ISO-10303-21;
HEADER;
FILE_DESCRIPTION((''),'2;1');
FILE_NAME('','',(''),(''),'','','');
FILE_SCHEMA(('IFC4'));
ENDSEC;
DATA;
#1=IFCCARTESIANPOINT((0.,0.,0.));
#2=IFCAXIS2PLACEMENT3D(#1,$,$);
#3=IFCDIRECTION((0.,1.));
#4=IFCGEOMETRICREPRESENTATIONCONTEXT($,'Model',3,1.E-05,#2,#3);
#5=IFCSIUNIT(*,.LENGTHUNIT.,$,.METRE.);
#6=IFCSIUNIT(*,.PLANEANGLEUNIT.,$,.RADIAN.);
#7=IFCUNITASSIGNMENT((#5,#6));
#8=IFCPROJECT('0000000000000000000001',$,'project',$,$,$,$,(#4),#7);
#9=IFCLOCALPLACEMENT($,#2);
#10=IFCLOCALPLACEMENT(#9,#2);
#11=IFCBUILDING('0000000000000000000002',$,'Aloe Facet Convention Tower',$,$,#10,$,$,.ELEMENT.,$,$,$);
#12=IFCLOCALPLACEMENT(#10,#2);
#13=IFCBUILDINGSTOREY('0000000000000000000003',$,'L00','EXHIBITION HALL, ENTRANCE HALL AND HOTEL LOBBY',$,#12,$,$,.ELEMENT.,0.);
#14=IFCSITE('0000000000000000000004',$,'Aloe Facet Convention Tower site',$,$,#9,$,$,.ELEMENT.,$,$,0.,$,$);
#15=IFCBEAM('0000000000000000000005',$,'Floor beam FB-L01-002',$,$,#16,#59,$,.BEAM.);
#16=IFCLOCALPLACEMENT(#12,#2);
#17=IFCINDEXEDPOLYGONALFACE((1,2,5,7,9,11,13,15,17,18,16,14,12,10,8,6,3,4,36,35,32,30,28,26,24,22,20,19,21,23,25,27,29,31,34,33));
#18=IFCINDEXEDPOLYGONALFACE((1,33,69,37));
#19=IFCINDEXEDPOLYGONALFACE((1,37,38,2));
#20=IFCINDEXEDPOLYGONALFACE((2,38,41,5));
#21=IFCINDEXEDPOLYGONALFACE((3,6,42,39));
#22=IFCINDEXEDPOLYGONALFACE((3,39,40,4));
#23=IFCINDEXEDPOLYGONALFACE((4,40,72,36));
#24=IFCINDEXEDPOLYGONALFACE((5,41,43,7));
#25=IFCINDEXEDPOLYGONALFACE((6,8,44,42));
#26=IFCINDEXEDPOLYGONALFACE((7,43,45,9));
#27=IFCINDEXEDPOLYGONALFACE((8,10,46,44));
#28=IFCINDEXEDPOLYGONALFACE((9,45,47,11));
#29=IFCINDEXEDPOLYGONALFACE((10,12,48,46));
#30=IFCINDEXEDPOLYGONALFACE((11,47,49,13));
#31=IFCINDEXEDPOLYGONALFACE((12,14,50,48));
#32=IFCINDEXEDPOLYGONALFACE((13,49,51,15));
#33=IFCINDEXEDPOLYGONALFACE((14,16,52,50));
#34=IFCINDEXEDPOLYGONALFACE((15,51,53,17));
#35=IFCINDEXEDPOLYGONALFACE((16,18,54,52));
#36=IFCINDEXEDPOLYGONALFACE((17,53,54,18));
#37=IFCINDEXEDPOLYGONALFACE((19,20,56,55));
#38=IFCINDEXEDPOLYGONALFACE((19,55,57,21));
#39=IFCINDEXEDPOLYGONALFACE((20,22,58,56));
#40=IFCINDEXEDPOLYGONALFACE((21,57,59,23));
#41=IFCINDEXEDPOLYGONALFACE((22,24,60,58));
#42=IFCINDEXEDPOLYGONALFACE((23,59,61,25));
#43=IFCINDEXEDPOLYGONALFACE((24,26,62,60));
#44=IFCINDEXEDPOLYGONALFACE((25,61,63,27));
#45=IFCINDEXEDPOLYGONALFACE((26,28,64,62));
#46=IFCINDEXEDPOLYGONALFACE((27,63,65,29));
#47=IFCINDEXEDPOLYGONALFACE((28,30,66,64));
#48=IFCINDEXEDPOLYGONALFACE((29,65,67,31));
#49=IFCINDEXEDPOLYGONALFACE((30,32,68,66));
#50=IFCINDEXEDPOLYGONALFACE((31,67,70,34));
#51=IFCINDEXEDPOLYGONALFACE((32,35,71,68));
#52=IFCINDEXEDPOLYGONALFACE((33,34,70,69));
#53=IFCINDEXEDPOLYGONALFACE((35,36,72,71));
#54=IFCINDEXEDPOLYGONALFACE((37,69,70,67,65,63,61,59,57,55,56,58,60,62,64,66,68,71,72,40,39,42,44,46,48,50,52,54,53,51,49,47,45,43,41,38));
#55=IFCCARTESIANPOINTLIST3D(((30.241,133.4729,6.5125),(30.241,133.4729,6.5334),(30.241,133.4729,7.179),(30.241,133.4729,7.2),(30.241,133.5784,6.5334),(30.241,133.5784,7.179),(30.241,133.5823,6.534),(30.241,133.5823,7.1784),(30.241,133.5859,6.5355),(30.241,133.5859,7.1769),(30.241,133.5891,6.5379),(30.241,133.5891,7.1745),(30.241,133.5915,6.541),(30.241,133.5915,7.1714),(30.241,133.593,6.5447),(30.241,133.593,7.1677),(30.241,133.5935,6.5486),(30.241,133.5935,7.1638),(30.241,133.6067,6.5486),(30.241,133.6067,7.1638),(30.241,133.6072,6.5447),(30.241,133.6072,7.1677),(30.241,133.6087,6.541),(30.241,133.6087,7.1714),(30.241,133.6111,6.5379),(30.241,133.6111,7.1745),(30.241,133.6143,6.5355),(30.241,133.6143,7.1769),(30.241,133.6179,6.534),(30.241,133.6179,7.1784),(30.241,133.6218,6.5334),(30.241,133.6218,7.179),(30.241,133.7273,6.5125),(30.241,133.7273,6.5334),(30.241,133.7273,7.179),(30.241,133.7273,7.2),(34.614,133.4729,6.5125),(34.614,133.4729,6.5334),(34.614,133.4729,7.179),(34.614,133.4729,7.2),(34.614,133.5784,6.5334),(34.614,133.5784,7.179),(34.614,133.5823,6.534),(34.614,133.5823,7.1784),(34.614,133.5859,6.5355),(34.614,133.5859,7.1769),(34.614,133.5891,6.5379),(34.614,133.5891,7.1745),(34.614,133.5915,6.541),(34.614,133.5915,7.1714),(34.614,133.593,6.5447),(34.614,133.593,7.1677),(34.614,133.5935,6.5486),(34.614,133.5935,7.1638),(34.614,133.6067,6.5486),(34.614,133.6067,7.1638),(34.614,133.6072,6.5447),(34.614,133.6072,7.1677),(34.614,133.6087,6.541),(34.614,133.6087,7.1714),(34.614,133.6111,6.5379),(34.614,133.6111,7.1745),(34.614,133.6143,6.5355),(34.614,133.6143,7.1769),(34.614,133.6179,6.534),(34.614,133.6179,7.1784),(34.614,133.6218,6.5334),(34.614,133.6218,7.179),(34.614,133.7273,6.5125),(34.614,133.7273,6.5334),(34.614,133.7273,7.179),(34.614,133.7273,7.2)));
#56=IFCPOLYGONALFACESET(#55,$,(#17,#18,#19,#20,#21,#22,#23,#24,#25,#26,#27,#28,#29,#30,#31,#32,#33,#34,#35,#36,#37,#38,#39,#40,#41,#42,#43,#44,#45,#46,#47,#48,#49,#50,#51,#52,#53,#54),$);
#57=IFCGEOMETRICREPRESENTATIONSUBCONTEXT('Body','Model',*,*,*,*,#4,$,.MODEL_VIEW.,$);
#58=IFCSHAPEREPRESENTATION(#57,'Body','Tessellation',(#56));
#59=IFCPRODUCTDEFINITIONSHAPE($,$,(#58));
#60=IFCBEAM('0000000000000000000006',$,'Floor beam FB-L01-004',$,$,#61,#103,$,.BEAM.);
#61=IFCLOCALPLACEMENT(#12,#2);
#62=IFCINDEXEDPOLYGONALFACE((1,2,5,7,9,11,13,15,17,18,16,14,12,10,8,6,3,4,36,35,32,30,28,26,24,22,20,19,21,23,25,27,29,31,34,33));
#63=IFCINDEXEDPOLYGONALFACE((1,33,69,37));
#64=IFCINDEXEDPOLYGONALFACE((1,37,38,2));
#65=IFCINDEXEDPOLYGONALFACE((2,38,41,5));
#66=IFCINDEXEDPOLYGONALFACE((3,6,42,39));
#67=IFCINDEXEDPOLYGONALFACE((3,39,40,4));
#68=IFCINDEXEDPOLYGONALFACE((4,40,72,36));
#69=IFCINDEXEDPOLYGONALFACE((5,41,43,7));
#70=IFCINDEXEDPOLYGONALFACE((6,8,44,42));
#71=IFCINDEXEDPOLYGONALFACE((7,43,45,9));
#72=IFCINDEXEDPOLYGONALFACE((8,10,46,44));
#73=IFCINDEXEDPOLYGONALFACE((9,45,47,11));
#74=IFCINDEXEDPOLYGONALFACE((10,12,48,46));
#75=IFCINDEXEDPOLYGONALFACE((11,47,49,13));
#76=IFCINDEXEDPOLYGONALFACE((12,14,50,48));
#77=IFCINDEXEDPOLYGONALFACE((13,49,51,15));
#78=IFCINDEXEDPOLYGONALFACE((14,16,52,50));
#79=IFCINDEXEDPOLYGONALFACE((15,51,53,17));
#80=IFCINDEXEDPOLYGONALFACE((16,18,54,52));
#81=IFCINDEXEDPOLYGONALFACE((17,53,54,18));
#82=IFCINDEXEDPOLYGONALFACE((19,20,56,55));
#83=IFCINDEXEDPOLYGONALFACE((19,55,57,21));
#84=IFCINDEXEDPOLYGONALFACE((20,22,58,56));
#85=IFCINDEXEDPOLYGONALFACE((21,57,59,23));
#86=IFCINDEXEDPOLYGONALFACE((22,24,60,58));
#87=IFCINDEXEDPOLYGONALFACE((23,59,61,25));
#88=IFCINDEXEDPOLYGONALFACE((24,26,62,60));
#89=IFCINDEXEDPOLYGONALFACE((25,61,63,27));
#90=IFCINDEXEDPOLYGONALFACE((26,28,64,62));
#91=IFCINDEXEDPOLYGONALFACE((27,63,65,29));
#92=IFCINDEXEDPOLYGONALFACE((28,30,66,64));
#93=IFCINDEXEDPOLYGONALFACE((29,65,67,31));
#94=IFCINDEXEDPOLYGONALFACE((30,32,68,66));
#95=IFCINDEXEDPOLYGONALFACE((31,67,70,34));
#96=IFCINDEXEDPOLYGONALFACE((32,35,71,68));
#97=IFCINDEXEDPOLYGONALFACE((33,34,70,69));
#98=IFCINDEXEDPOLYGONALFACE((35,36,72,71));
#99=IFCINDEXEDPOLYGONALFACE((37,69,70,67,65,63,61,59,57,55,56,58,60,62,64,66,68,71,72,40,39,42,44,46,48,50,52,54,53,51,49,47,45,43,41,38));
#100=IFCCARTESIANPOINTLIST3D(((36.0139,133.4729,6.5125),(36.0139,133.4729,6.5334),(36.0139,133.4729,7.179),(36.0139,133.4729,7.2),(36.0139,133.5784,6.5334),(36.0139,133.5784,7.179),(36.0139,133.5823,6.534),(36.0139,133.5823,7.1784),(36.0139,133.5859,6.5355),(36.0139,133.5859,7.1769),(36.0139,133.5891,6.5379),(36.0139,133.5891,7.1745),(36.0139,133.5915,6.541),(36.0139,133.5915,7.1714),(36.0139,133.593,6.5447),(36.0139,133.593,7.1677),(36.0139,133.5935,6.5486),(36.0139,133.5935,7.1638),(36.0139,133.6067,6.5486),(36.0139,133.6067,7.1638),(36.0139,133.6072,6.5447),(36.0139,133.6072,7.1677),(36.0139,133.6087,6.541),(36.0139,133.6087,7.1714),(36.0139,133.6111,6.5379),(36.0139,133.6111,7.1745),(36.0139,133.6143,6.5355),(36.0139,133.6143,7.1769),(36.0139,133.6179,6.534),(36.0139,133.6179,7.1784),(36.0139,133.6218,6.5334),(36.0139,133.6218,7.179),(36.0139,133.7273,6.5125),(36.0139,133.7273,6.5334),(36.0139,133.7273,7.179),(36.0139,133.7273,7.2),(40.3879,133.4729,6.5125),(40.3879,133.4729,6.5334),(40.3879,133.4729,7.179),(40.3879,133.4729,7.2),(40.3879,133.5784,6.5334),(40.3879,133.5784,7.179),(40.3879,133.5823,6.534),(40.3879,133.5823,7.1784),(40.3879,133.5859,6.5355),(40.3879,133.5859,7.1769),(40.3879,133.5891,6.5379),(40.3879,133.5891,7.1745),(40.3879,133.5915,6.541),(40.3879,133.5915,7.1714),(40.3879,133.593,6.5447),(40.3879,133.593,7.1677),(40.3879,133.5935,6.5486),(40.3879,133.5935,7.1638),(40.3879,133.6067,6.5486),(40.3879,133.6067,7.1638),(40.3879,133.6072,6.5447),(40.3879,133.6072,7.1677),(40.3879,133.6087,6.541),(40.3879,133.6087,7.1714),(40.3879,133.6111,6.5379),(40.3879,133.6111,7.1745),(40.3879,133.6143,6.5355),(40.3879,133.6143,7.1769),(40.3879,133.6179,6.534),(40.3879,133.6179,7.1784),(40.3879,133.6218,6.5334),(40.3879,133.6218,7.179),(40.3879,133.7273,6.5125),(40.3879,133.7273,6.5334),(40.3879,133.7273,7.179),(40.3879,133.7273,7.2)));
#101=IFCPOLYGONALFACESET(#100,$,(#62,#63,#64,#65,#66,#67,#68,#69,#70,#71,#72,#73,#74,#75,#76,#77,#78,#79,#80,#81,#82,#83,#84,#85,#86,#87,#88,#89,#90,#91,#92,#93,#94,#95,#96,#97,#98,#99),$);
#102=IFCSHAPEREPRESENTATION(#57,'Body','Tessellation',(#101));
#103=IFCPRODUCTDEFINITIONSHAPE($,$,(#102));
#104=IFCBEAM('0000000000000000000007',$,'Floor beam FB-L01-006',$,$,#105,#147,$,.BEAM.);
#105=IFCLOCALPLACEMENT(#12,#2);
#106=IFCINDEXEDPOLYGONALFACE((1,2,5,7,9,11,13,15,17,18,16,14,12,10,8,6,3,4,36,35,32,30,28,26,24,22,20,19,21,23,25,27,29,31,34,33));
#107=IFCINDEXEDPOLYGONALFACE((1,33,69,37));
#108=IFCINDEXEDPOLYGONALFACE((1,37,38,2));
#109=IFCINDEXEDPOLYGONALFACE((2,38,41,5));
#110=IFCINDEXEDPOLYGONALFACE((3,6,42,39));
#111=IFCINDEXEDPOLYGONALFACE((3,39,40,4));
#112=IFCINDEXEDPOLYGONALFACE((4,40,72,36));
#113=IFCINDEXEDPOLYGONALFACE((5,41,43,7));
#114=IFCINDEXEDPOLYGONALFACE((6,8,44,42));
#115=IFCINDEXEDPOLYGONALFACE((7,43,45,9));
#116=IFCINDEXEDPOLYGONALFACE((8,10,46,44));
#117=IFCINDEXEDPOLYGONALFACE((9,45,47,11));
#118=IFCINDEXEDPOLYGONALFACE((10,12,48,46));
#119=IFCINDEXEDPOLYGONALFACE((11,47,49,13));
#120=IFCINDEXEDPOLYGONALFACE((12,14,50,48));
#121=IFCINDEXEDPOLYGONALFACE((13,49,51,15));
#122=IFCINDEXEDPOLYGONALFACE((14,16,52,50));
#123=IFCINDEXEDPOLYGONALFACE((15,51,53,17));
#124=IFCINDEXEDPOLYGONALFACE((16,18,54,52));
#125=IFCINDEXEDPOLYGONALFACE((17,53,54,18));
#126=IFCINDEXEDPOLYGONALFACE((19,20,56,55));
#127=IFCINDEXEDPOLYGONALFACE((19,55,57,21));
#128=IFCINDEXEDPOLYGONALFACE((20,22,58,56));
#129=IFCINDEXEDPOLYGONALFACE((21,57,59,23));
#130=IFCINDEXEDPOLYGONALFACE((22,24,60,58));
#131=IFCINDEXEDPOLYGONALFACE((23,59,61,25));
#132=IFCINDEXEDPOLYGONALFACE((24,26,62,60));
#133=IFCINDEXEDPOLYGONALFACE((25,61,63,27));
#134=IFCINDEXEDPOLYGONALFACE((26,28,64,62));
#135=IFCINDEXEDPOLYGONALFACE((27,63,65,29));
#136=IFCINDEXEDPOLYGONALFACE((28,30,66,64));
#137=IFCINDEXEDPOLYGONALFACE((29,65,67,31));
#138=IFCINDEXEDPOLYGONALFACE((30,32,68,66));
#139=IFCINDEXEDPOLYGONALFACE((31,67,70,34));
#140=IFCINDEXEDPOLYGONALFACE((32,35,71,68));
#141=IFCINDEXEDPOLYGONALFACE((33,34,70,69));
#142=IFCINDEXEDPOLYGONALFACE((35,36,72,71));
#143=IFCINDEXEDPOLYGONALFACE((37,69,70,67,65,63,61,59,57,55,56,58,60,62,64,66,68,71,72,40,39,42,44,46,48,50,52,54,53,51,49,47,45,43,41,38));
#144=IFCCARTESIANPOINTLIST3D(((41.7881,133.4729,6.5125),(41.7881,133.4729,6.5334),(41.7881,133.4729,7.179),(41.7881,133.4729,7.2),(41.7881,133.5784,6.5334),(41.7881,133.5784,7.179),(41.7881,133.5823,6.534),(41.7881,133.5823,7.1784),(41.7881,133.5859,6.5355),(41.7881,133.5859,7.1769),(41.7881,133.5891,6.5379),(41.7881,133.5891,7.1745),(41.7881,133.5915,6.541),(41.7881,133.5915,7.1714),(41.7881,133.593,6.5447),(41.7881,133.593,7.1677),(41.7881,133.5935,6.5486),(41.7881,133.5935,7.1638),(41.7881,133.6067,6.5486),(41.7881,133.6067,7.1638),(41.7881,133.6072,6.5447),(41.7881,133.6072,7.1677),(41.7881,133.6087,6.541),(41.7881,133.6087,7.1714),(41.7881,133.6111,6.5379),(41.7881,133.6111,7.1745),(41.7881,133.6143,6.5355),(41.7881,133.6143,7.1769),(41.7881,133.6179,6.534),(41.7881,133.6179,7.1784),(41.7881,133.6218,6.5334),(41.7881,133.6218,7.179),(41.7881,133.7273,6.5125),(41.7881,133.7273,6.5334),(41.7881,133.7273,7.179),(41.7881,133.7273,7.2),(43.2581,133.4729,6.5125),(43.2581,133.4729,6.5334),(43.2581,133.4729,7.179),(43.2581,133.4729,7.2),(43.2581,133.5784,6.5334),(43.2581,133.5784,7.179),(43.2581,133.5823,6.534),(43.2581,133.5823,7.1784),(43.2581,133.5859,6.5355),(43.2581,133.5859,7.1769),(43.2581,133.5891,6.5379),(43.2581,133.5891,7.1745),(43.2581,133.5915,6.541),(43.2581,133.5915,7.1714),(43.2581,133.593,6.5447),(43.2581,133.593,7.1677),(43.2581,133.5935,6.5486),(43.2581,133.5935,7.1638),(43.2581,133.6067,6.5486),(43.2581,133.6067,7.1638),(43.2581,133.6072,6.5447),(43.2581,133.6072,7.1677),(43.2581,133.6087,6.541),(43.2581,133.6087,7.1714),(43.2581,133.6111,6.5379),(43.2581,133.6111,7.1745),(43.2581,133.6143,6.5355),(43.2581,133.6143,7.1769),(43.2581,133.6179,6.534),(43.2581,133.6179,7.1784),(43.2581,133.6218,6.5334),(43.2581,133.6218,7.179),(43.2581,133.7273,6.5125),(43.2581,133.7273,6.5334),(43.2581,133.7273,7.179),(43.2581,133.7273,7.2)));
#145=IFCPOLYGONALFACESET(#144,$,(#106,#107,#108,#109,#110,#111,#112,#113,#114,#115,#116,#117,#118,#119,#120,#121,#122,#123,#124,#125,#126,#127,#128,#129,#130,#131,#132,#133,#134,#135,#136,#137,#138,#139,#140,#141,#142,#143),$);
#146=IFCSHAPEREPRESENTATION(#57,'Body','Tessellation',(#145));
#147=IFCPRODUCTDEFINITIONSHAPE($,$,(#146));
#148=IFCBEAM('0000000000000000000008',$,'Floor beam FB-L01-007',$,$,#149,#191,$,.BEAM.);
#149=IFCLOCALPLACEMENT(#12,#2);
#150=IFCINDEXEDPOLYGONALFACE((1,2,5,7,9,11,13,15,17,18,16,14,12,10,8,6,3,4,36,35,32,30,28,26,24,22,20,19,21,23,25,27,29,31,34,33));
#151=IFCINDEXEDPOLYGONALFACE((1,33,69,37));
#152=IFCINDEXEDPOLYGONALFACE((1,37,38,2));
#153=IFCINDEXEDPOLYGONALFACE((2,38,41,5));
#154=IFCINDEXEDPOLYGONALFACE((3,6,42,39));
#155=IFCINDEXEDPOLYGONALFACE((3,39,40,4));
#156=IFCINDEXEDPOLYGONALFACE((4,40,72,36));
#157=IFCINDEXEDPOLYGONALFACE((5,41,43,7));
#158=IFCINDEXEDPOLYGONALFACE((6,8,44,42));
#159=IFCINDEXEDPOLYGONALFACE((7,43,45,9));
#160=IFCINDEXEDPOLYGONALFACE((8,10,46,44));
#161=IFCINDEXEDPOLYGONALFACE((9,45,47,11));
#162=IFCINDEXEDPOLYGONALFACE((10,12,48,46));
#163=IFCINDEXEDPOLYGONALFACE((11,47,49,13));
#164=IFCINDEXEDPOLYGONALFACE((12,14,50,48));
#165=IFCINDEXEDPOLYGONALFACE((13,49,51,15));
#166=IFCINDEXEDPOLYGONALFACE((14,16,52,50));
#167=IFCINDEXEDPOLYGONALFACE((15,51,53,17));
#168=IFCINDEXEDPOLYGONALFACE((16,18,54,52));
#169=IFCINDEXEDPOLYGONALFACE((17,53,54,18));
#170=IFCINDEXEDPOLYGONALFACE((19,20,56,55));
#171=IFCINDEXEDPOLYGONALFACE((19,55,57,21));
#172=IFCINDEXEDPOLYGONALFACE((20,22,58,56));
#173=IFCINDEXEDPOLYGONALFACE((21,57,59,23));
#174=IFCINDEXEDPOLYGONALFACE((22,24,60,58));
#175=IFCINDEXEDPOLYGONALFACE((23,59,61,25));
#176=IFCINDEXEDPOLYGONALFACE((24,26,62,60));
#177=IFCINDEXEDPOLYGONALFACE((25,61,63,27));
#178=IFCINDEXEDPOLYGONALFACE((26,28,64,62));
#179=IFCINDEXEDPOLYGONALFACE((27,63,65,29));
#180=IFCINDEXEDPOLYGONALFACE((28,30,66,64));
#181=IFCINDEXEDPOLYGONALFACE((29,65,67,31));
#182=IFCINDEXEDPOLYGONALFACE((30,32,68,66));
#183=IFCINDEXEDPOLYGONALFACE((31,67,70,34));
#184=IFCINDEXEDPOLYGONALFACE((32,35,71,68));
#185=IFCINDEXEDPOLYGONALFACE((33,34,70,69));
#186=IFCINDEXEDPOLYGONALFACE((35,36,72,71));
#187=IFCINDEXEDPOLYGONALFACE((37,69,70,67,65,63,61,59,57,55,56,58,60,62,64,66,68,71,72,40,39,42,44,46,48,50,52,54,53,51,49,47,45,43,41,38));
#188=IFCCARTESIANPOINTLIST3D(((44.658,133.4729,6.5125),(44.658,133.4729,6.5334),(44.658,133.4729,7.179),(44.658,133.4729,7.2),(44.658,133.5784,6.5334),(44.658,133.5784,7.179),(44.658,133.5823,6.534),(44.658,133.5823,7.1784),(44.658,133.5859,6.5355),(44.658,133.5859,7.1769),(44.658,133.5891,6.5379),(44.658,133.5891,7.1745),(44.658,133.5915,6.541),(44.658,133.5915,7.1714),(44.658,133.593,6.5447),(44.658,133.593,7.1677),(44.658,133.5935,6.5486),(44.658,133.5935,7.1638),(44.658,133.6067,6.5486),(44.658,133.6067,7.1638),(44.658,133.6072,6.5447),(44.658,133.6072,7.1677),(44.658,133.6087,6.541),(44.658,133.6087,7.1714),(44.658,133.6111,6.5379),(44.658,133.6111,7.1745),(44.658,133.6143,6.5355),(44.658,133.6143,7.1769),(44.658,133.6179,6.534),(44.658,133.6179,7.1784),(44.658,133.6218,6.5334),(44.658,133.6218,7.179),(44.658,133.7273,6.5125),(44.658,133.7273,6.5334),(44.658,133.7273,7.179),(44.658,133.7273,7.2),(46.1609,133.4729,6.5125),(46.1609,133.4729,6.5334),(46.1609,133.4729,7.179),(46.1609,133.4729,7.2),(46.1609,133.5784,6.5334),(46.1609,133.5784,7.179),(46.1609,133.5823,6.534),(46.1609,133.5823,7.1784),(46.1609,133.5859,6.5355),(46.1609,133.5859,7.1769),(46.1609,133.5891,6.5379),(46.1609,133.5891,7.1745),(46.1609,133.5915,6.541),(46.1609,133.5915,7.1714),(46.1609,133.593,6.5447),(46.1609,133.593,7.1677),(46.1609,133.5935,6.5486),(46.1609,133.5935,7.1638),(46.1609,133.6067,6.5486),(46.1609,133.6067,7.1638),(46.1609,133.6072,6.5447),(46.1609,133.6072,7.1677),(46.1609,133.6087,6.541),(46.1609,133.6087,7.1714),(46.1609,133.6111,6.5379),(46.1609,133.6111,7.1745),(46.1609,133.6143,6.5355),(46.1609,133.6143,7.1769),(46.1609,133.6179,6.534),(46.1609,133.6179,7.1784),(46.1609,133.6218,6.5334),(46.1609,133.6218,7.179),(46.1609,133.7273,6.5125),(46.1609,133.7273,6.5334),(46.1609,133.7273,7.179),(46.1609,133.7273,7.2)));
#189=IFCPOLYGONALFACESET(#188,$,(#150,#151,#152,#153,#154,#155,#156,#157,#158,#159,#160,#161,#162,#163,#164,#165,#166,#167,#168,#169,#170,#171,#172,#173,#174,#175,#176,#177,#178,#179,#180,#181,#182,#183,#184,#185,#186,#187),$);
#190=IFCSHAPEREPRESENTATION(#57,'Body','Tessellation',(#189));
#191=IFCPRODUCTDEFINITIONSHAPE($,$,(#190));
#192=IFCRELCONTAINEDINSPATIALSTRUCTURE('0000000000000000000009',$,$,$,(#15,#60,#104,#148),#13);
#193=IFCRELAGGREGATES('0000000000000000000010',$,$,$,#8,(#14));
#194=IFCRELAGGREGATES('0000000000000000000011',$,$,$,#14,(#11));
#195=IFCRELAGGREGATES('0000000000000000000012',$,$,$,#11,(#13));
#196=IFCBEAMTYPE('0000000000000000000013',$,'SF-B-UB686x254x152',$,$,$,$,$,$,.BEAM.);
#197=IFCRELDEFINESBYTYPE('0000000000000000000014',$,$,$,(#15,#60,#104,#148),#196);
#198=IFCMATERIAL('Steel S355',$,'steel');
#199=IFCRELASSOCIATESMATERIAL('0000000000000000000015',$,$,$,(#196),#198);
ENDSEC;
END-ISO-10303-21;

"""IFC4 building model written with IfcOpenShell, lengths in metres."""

from ifc_helpers import new_model, si_unit, direction, frame, origin, origin_2d, place, context, subcontext, project, spatial, i_section, extrude, material, material_profile, profile_set, type_object, element, save


model = new_model("IFC4")

# Units and contexts
model_context = context("Model", 3, precision=1e-05, world=origin(), true_north=direction((0.0, 1.0)))
body_context = subcontext(model_context, "Body", "Model", "MODEL_VIEW")
ifc_project = project(units=[si_unit("LENGTHUNIT", "METRE"), si_unit("PLANEANGLEUNIT", "RADIAN")], contexts=[model_context])

# Site, building, storey
site_placement = place(None, origin())
site = spatial("IfcSite", under=ifc_project, at=site_placement, Name="Aloe Facet Convention Tower site", CompositionType="ELEMENT", RefElevation=0.0)
building_placement = place(site_placement, origin())
building = spatial("IfcBuilding", under=site, at=building_placement, Name="Aloe Facet Convention Tower", CompositionType="ELEMENT")
storey_placement = place(building_placement, origin())
storey = spatial("IfcBuildingStorey", under=building, at=storey_placement, Name="L00", Description="EXHIBITION HALL, ENTRANCE HALL AND HOTEL LOBBY", CompositionType="ELEMENT", Elevation=0.0)

# Beams
ifc_material_1 = material(Name="Steel S355", Category="steel")
ifc_material_profile_1 = material_profile(ifc_material_1, i_section(OverallWidth=0.2544, OverallDepth=0.6875, WebThickness=0.0132, FlangeThickness=0.021, FilletRadius=0.0151, at=origin_2d()), Name="UB 686x254x152")
ifc_profile_set_1 = profile_set([ifc_material_profile_1], Name="Steel S355")
beam_type_1 = type_object("IfcBeamType", Name="SF-B-UB686x254x152", PredefinedType="BEAM", material=ifc_profile_set_1)
beam_1_placement = place(storey_placement, frame((30.241, 133.6001, 6.8562), z_axis=(1.0, 0.0, 0.0), x_axis=(0.0, 1.0, 0.0)))
element("IfcBeam", 1, at=beam_1_placement, inside=storey, type_object=beam_type_1, Name="Floor beam FB-L01-002", PredefinedType="BEAM", context=body_context, shape_type="SweptSolid", body=[
    extrude(i_section(OverallWidth=0.2544, OverallDepth=0.6875, WebThickness=0.0132, FlangeThickness=0.021, FilletRadius=0.0151, at=origin_2d()), origin(), (0.0, 0.0, 1.0), 4.373),
])
beam_2_placement = place(storey_placement, frame((36.0139, 133.6001, 6.8562), z_axis=(1.0, 0.0, 0.0), x_axis=(0.0, 1.0, 0.0)))
element("IfcBeam", 2, at=beam_2_placement, inside=storey, type_object=beam_type_1, Name="Floor beam FB-L01-004", PredefinedType="BEAM", context=body_context, shape_type="SweptSolid", body=[
    extrude(i_section(OverallWidth=0.2544, OverallDepth=0.6875, WebThickness=0.0132, FlangeThickness=0.021, FilletRadius=0.0151, at=origin_2d()), origin(), (0.0, 0.0, 1.0), 4.374),
])
beam_3_placement = place(storey_placement, frame((41.7881, 133.6001, 6.8562), z_axis=(1.0, 0.0, 0.0), x_axis=(0.0, 1.0, 0.0)))
element("IfcBeam", 3, at=beam_3_placement, inside=storey, type_object=beam_type_1, Name="Floor beam FB-L01-006", PredefinedType="BEAM", context=body_context, shape_type="SweptSolid", body=[
    extrude(i_section(OverallWidth=0.2544, OverallDepth=0.6875, WebThickness=0.0132, FlangeThickness=0.021, FilletRadius=0.0151, at=origin_2d()), origin(), (0.0, 0.0, 1.0), 1.47),
])
beam_4_placement = place(storey_placement, frame((44.658, 133.6001, 6.8562), z_axis=(1.0, 0.0, 0.0), x_axis=(0.0, 1.0, 0.0)))
element("IfcBeam", 4, at=beam_4_placement, inside=storey, type_object=beam_type_1, Name="Floor beam FB-L01-007", PredefinedType="BEAM", context=body_context, shape_type="SweptSolid", body=[
    extrude(i_section(OverallWidth=0.2544, OverallDepth=0.6875, WebThickness=0.0132, FlangeThickness=0.021, FilletRadius=0.0151, at=origin_2d()), origin(), (0.0, 0.0, 1.0), 1.5029),
])

save(model, "model.ifc")
